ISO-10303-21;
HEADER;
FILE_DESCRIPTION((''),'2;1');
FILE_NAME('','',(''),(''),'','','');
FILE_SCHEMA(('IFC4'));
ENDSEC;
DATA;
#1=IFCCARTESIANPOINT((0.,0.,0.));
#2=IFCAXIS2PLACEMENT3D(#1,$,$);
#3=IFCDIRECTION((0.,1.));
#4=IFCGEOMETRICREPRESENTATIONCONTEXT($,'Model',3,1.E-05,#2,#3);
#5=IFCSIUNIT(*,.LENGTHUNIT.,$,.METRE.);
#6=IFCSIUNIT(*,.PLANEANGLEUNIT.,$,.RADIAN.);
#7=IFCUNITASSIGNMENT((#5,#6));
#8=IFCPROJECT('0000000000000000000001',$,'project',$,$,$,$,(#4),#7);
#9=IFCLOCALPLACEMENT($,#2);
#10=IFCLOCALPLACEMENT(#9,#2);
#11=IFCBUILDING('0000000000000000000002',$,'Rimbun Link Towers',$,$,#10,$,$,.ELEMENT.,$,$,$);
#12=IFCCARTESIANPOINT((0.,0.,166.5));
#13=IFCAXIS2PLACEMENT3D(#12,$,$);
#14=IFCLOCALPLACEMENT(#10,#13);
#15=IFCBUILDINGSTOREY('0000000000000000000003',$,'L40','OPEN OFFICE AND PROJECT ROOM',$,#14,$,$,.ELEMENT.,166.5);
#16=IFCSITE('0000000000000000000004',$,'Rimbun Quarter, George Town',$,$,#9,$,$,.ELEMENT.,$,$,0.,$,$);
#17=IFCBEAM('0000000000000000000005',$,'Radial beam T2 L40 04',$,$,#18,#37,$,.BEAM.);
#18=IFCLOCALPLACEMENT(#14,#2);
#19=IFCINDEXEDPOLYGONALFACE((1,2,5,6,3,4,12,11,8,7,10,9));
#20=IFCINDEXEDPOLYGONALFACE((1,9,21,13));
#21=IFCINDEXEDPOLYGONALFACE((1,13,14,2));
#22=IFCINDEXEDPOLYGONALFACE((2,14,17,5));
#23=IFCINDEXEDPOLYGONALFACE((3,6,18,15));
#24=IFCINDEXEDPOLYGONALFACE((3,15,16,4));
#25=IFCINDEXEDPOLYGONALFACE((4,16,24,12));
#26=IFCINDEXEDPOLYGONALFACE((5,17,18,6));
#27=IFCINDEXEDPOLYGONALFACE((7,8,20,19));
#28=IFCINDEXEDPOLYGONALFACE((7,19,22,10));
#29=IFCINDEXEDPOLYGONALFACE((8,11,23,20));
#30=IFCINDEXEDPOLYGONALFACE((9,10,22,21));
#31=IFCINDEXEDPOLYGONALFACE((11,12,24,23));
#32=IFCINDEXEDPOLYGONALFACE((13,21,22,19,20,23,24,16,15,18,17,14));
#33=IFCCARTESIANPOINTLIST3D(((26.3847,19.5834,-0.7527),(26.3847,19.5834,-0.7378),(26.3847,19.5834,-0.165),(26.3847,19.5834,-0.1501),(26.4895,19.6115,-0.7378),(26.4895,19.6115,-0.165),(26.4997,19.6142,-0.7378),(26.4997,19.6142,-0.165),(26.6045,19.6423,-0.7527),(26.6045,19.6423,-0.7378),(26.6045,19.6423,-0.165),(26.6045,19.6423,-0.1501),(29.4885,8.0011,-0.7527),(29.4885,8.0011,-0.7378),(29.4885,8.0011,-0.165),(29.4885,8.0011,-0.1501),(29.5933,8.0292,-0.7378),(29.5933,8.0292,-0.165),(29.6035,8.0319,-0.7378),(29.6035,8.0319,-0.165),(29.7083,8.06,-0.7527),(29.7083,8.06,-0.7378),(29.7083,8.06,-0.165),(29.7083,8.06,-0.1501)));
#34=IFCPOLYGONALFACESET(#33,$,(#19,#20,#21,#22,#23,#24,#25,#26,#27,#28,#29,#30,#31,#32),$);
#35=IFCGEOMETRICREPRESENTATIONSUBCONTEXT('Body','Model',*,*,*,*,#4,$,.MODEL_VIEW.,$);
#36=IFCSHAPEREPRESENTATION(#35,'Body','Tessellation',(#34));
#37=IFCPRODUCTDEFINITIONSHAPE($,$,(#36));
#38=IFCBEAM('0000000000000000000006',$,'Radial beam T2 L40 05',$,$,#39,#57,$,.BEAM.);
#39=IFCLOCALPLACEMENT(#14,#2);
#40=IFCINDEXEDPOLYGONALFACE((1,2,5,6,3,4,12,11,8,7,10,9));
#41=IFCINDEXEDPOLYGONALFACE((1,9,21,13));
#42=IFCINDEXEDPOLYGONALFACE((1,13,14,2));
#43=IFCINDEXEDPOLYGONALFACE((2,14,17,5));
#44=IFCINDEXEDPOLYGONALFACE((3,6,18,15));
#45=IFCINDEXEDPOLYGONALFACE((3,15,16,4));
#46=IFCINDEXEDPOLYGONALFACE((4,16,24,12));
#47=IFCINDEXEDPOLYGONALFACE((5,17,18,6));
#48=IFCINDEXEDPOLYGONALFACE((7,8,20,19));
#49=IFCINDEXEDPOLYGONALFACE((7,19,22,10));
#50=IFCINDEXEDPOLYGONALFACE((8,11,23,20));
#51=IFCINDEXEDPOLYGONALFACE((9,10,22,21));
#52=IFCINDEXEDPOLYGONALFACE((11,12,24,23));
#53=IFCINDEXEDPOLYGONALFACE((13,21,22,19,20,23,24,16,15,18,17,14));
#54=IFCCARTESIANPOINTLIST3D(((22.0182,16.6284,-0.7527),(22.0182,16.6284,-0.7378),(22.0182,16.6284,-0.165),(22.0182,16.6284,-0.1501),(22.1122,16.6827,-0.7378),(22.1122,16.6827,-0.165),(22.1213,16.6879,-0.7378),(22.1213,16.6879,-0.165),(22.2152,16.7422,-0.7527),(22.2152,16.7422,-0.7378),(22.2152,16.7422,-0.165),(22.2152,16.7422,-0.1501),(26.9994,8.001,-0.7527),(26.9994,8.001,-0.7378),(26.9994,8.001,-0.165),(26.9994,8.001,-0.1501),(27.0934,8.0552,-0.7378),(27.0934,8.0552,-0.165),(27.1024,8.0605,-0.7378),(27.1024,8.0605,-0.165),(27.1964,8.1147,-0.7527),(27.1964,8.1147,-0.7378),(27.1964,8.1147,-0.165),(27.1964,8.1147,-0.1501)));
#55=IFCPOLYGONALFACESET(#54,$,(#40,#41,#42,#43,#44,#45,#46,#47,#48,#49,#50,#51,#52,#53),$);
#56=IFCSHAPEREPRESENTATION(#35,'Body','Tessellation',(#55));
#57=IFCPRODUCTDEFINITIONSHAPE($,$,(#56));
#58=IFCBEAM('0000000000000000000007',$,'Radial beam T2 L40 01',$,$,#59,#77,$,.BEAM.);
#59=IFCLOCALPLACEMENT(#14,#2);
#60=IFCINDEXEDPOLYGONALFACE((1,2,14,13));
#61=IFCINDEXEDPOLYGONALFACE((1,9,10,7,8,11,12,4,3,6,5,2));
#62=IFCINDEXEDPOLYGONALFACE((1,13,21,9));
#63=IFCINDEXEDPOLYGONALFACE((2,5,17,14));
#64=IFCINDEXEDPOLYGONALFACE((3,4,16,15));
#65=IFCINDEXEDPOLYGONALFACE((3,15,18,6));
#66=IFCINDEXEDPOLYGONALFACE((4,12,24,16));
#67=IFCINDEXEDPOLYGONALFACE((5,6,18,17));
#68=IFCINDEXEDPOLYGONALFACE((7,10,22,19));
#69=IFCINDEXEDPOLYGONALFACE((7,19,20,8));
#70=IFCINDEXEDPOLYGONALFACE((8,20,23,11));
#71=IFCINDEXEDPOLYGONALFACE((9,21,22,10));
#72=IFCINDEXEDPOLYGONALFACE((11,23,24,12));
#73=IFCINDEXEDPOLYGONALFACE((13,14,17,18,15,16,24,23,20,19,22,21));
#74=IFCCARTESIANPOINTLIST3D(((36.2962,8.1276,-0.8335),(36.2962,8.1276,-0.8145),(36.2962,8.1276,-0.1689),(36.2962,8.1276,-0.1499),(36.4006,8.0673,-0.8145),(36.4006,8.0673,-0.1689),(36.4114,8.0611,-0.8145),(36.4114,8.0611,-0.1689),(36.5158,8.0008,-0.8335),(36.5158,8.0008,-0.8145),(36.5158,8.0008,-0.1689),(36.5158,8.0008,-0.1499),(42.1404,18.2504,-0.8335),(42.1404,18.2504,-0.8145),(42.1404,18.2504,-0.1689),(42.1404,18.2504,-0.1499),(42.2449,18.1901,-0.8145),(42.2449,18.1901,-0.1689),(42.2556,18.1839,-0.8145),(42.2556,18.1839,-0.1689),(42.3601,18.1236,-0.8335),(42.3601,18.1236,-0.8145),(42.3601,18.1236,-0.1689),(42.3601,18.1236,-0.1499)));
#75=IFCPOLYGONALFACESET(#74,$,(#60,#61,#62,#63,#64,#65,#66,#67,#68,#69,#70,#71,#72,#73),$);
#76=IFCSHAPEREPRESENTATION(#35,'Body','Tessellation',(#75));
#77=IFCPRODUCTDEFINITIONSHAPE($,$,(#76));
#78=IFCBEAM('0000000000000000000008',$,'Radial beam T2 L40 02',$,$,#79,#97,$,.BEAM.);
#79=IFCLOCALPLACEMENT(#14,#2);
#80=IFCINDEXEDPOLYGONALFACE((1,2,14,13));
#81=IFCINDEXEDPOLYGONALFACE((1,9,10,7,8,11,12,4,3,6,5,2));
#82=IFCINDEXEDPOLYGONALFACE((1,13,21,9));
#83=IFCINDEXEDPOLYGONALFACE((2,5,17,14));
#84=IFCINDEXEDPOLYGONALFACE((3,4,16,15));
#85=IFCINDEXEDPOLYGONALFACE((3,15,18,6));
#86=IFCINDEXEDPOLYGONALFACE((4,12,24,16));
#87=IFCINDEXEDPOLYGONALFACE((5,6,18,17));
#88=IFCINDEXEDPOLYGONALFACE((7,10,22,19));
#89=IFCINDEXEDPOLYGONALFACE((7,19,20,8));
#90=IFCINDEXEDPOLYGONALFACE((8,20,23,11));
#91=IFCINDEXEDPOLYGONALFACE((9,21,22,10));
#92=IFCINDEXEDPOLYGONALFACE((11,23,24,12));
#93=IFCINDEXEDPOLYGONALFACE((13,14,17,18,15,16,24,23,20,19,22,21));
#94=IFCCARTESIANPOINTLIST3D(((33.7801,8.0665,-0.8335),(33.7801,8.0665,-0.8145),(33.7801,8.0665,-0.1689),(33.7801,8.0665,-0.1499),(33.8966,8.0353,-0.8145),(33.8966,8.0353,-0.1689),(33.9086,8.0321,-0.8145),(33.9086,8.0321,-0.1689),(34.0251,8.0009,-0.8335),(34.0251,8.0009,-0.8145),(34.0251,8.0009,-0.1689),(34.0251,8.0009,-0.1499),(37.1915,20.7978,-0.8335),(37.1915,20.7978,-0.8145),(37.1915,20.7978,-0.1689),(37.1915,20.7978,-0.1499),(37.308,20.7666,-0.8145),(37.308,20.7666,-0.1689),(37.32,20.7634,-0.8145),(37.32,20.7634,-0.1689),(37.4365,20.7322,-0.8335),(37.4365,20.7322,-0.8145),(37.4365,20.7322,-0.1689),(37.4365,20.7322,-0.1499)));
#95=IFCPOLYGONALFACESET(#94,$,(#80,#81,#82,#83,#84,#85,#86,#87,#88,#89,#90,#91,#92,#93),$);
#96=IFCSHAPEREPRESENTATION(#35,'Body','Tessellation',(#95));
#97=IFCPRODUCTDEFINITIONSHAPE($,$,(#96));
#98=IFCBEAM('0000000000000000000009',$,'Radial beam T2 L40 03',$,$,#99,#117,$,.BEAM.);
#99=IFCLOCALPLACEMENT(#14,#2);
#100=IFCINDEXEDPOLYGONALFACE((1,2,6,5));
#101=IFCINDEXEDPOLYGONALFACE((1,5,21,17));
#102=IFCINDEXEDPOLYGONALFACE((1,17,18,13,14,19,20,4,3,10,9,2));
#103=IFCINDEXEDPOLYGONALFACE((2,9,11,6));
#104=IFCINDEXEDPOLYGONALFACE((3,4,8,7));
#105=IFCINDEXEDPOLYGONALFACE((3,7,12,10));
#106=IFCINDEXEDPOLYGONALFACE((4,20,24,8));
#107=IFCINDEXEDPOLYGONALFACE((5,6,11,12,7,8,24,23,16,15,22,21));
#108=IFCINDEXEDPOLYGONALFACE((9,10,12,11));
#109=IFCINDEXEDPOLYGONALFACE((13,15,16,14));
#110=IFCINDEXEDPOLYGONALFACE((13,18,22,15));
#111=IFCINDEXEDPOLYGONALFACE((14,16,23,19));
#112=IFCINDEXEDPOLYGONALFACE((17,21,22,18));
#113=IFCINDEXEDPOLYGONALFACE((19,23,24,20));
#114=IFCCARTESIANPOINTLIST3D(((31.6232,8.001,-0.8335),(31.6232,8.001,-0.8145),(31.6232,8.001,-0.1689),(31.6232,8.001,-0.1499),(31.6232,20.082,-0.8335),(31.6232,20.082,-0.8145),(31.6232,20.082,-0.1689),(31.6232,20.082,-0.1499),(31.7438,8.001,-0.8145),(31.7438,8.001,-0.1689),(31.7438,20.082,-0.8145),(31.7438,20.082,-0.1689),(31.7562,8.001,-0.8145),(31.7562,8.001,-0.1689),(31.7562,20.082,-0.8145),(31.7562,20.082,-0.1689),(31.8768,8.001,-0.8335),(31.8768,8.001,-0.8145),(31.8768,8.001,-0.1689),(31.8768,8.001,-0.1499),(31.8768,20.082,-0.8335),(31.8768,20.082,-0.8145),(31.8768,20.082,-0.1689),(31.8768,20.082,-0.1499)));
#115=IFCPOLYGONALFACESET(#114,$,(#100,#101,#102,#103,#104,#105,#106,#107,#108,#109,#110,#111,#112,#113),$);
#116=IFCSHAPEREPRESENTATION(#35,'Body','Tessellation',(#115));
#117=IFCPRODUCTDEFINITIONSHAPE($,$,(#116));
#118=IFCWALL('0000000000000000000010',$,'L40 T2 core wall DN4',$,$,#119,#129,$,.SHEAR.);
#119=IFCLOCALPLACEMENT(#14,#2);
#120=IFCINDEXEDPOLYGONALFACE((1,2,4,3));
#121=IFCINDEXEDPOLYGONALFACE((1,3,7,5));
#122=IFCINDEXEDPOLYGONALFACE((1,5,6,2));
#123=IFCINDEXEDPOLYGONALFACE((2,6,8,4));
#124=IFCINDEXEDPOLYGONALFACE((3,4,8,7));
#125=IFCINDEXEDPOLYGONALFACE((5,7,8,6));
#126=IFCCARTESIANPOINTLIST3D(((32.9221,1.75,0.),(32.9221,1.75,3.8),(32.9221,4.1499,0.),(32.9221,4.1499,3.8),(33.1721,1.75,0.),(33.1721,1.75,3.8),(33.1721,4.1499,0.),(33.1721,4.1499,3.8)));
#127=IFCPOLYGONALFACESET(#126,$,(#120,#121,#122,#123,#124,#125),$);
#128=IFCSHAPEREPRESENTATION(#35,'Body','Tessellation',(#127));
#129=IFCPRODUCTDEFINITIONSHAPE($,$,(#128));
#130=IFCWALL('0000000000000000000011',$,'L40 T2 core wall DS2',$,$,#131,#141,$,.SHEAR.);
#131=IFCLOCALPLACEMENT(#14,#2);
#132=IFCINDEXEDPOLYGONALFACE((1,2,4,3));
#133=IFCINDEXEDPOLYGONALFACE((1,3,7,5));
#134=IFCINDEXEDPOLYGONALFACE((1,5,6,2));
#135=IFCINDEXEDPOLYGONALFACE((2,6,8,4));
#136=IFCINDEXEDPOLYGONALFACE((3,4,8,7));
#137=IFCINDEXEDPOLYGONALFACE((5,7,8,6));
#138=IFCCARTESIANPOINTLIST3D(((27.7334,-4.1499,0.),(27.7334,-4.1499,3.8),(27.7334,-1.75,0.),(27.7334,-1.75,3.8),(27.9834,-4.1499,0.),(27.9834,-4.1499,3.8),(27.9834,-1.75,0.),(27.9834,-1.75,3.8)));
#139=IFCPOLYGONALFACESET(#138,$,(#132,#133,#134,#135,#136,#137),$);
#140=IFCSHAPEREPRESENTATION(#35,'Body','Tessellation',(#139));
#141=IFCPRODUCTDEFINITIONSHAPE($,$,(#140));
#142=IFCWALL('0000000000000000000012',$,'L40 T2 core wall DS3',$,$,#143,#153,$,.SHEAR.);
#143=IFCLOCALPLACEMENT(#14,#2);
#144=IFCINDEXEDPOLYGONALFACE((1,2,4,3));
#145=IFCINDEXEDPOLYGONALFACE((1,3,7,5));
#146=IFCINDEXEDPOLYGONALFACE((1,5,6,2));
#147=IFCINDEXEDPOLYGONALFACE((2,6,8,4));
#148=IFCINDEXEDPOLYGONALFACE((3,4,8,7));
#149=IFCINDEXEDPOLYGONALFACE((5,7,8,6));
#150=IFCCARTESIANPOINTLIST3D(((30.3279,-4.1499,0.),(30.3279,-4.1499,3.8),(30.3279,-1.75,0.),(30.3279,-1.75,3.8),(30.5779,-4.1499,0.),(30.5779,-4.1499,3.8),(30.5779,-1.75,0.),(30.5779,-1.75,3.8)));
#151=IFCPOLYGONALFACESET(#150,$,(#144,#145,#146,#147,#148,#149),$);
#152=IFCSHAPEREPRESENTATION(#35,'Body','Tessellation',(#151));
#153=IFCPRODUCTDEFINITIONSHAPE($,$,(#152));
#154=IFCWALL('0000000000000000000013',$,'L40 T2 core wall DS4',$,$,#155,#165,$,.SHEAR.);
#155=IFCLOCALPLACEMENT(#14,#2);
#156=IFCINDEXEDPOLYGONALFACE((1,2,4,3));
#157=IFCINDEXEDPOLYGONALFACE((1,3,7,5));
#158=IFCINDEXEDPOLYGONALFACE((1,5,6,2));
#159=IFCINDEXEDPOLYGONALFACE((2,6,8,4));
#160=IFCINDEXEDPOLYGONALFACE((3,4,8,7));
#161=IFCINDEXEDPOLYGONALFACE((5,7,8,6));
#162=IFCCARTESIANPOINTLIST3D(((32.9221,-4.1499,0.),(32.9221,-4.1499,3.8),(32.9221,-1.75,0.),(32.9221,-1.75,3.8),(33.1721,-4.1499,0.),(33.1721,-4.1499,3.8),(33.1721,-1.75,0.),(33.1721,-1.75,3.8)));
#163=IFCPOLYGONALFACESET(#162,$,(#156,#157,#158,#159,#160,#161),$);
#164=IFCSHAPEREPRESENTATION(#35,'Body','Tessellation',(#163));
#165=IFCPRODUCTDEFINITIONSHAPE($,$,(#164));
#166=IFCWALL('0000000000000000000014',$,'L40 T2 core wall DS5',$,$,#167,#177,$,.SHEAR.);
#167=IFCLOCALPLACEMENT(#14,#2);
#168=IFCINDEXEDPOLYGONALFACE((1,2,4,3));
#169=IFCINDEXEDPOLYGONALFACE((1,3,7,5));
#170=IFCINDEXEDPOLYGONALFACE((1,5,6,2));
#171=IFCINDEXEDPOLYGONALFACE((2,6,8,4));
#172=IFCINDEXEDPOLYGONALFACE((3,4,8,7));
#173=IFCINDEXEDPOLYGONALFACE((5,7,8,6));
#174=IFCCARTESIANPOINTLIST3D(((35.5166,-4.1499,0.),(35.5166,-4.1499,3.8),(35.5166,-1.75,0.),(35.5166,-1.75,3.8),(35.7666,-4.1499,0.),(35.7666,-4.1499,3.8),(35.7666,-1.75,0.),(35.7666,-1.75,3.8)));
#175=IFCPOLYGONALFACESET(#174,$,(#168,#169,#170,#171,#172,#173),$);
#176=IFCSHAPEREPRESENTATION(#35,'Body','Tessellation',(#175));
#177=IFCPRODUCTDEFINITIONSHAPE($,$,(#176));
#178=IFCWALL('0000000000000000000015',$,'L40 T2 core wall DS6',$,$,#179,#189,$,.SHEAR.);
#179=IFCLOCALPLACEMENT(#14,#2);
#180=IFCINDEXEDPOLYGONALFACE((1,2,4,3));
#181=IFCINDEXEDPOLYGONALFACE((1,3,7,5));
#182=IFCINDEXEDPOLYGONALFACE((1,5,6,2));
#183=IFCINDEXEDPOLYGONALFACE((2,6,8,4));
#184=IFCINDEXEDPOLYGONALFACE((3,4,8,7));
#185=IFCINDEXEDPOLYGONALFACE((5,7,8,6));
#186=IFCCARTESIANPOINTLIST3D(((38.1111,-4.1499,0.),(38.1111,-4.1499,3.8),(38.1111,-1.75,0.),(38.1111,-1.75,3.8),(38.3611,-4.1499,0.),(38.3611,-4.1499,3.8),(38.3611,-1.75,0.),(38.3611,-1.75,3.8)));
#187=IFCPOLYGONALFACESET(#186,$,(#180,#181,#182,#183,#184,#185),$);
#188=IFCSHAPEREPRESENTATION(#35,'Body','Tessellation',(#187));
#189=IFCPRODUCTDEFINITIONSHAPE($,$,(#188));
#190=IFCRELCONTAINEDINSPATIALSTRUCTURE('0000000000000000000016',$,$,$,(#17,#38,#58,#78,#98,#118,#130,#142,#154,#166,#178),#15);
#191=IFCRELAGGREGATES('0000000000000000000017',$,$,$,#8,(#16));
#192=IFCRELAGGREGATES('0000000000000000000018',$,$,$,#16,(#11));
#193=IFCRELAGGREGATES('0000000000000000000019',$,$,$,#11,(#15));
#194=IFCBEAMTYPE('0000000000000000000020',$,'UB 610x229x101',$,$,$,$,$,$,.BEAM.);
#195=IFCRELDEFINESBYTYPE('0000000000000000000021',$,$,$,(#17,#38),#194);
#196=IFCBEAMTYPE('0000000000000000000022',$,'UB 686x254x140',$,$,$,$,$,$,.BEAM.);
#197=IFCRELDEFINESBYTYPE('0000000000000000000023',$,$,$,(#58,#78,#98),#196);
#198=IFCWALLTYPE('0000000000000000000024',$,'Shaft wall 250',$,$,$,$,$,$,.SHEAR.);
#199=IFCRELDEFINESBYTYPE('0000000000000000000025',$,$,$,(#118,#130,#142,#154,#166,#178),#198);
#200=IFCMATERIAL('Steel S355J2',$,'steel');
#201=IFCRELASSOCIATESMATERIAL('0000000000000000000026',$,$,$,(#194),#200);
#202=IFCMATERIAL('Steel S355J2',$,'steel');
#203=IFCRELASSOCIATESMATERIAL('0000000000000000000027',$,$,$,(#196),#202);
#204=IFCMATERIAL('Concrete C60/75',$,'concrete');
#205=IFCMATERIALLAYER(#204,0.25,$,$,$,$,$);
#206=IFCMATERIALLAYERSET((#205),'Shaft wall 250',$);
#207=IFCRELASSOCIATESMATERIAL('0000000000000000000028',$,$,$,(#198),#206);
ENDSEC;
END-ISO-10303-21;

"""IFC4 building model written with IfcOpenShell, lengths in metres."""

from ifc_helpers import new_model, si_unit, direction, frame, frame_2d, origin, origin_2d, place, context, subcontext, project, spatial, rectangle, i_section, extrude, material, layer, layer_set, material_profile, profile_set, type_object, element, save


model = new_model("IFC4")

# Units and contexts
model_context = context("Model", 3, precision=1e-05, world=origin(), true_north=direction((0.0, 1.0)))
body_context = subcontext(model_context, "Body", "Model", "MODEL_VIEW")
ifc_project = project(units=[si_unit("LENGTHUNIT", "METRE"), si_unit("PLANEANGLEUNIT", "RADIAN")], contexts=[model_context])

# Site, building, storey
site_placement = place(None, origin())
site = spatial("IfcSite", under=ifc_project, at=site_placement, Name="Rimbun Quarter, George Town", CompositionType="ELEMENT", RefElevation=0.0)
building_placement = place(site_placement, origin())
building = spatial("IfcBuilding", under=site, at=building_placement, Name="Rimbun Link Towers", CompositionType="ELEMENT")
storey_placement = place(building_placement, frame((0.0, 0.0, 166.5)))
storey = spatial("IfcBuildingStorey", under=building, at=storey_placement, Name="L40", Description="OPEN OFFICE AND PROJECT ROOM", CompositionType="ELEMENT", Elevation=166.5)

# Beams
ifc_material_1 = material(Name="Steel S355J2", Category="steel")
ifc_material_profile_1 = material_profile(ifc_material_1, i_section(OverallWidth=0.2275, OverallDepth=0.6025, WebThickness=0.0105, FlangeThickness=0.0149, at=origin_2d()), Name="UB 610x229x101")
ifc_profile_set_1 = profile_set([ifc_material_profile_1], Name="Steel S355J2")
beam_type_1 = type_object("IfcBeamType", Name="UB 610x229x101", PredefinedType="BEAM", material=ifc_profile_set_1)
beam_1_placement = place(storey_placement, frame((29.5984, 8.0305, -0.4514), z_axis=(-0.258842, 0.96592, 0.0), x_axis=(-0.96592, -0.258842, 0.0)))
element("IfcBeam", 1, at=beam_1_placement, inside=storey, type_object=beam_type_1, Name="Radial beam T2 L40 04", PredefinedType="BEAM", context=body_context, shape_type="SweptSolid", body=[
    extrude(i_section(OverallWidth=0.2275, OverallDepth=0.6025, WebThickness=0.0105, FlangeThickness=0.0149, at=origin_2d()), origin(), (0.0, 0.0, 1.0), 11.991),
])
beam_2_placement = place(storey_placement, frame((27.0979, 8.0579, -0.4514), z_axis=(-0.500011, 0.866019, 0.0), x_axis=(-0.866019, -0.500011, 0.0)))
element("IfcBeam", 2, at=beam_2_placement, inside=storey, type_object=beam_type_1, Name="Radial beam T2 L40 05", PredefinedType="BEAM", context=body_context, shape_type="SweptSolid", body=[
    extrude(i_section(OverallWidth=0.2275, OverallDepth=0.6025, WebThickness=0.0105, FlangeThickness=0.0149, at=origin_2d()), origin(), (0.0, 0.0, 1.0), 9.9622),
])
ifc_material_2 = material(Name="Steel S355J2", Category="steel")
ifc_material_profile_2 = material_profile(ifc_material_2, i_section(OverallWidth=0.2537, OverallDepth=0.6836, WebThickness=0.0125, FlangeThickness=0.019, at=origin_2d()), Name="UB 686x254x140")
ifc_profile_set_2 = profile_set([ifc_material_profile_2], Name="Steel S355J2")
beam_type_2 = type_object("IfcBeamType", Name="UB 686x254x140", PredefinedType="BEAM", material=ifc_profile_set_2)
beam_3_placement = place(storey_placement, frame((36.406, 8.0642, -0.4917), z_axis=(0.499989, 0.866032, 0.0), x_axis=(-0.866032, 0.499989, 0.0)))
element("IfcBeam", 3, at=beam_3_placement, inside=storey, type_object=beam_type_2, Name="Radial beam T2 L40 01", PredefinedType="BEAM", context=body_context, shape_type="SweptSolid", body=[
    extrude(i_section(OverallWidth=0.2537, OverallDepth=0.6836, WebThickness=0.0125, FlangeThickness=0.019, at=origin_2d()), origin(), (0.0, 0.0, 1.0), 11.6887),
])
beam_4_placement = place(storey_placement, frame((33.9026, 8.0337, -0.4917), z_axis=(0.258823, 0.965925, 0.0), x_axis=(-0.965925, 0.258823, 0.0)))
element("IfcBeam", 4, at=beam_4_placement, inside=storey, type_object=beam_type_2, Name="Radial beam T2 L40 02", PredefinedType="BEAM", context=body_context, shape_type="SweptSolid", body=[
    extrude(i_section(OverallWidth=0.2537, OverallDepth=0.6836, WebThickness=0.0125, FlangeThickness=0.019, at=origin_2d()), origin(), (0.0, 0.0, 1.0), 13.1804),
])
beam_5_placement = place(storey_placement, frame((31.75, 8.001, -0.4917), z_axis=(0.0, 1.0, 0.0), x_axis=(-1.0, 0.0, 0.0)))
element("IfcBeam", 5, at=beam_5_placement, inside=storey, type_object=beam_type_2, Name="Radial beam T2 L40 03", PredefinedType="BEAM", context=body_context, shape_type="SweptSolid", body=[
    extrude(i_section(OverallWidth=0.2537, OverallDepth=0.6836, WebThickness=0.0125, FlangeThickness=0.019, at=origin_2d()), origin(), (0.0, 0.0, 1.0), 12.0811),
])

# Walls
ifc_material_3 = material(Name="Concrete C60/75", Category="concrete")
ifc_layer = layer(ifc_material_3, 0.25)
ifc_layer_set = layer_set([ifc_layer], Name="Shaft wall 250")
wall_type = type_object("IfcWallType", Name="Shaft wall 250", PredefinedType="SHEAR", material=ifc_layer_set)
for number, where, z_axis, x_axis, name in (
    (6, (33.0471, 1.75, 0.0), (0.0, 0.0, 1.0), (0.0, 1.0, 0.0), "L40 T2 core wall DN4"),
    (7, (27.8584, -4.1499, 0.0), (0.0, 0.0, 1.0), (0.0, 1.0, 0.0), "L40 T2 core wall DS2"),
    (8, (30.4529, -4.1499, 0.0), (0.0, 0.0, 1.0), (0.0, 1.0, 0.0), "L40 T2 core wall DS3"),
    (9, (33.0471, -4.1499, 0.0), (0.0, 0.0, 1.0), (0.0, 1.0, 0.0), "L40 T2 core wall DS4"),
    (10, (35.6416, -4.1499, 0.0), (0.0, 0.0, 1.0), (0.0, 1.0, 0.0), "L40 T2 core wall DS5"),
    (11, (38.2361, -4.1499, 0.0), (0.0, 0.0, 1.0), (0.0, 1.0, 0.0), "L40 T2 core wall DS6"),
):
    element("IfcWall", number, at=place(storey_placement, frame(where, z_axis=z_axis, x_axis=x_axis)), inside=storey, type_object=wall_type, Name=name, PredefinedType="SHEAR", context=body_context, shape_type="SweptSolid", body=[
        extrude(rectangle(XDim=2.3999, YDim=0.25, at=frame_2d((1.2, 0.0))), origin(), (0.0, 0.0, 1.0), 3.8),
    ])

save(model, "model.ifc")
